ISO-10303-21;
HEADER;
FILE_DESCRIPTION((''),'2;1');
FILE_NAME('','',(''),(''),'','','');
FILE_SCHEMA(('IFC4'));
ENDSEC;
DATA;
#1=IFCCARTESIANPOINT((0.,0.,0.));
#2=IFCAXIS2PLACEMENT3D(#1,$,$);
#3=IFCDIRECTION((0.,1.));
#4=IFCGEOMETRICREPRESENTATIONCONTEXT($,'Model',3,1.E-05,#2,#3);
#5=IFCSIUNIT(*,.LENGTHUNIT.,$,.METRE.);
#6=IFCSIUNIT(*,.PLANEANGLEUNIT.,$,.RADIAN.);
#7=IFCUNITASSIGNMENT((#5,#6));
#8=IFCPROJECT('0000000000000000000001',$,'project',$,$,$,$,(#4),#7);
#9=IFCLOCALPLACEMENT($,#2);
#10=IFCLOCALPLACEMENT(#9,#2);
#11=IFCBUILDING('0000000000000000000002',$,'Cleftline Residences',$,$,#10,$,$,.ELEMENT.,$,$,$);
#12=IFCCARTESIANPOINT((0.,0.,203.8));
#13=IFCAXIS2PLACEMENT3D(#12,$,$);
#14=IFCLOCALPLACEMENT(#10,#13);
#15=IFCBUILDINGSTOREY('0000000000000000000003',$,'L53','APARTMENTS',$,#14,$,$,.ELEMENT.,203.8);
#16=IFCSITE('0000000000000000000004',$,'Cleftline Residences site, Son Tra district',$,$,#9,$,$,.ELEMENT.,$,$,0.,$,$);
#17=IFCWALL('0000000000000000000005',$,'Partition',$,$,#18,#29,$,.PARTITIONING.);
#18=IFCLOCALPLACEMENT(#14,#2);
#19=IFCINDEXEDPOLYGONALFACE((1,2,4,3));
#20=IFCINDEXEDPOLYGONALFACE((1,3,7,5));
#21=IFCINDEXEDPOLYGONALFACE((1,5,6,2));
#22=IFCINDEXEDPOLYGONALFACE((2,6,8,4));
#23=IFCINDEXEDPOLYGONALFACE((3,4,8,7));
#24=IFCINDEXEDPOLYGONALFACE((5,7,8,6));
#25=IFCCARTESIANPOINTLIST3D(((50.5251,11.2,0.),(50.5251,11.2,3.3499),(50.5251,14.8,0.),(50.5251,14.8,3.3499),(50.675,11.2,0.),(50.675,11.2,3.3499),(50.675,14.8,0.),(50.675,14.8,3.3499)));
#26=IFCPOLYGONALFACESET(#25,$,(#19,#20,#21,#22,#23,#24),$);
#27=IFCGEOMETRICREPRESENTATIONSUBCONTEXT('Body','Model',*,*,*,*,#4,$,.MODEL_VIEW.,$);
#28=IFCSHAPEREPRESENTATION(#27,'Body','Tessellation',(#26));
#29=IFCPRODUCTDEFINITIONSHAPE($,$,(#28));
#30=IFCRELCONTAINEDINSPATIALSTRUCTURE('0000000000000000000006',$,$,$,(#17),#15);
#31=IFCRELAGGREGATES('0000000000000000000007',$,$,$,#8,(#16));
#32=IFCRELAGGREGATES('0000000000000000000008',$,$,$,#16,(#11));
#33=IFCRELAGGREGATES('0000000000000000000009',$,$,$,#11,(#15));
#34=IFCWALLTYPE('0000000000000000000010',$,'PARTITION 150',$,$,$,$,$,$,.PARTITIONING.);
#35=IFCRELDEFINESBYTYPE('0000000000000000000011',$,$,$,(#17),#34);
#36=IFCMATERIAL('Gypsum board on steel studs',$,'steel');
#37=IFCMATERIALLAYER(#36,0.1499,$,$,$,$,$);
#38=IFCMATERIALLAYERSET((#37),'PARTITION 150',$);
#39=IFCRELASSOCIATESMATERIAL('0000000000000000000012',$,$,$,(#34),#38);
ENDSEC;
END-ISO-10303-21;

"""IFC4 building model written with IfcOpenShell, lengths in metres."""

from ifc_helpers import new_model, si_unit, direction, frame, frame_2d, origin, place, context, subcontext, project, spatial, rectangle, extrude, material, layer, layer_set, type_object, element, save


model = new_model("IFC4")

# Units and contexts
model_context = context("Model", 3, precision=1e-05, world=origin(), true_north=direction((0.0, 1.0)))
body_context = subcontext(model_context, "Body", "Model", "MODEL_VIEW")
ifc_project = project(units=[si_unit("LENGTHUNIT", "METRE"), si_unit("PLANEANGLEUNIT", "RADIAN")], contexts=[model_context])

# Site, building, storey
site_placement = place(None, origin())
site = spatial("IfcSite", under=ifc_project, at=site_placement, Name="Cleftline Residences site, Son Tra district", CompositionType="ELEMENT", RefElevation=0.0)
building_placement = place(site_placement, origin())
building = spatial("IfcBuilding", under=site, at=building_placement, Name="Cleftline Residences", CompositionType="ELEMENT")
storey_placement = place(building_placement, frame((0.0, 0.0, 203.8)))
storey = spatial("IfcBuildingStorey", under=building, at=storey_placement, Name="L53", Description="APARTMENTS", CompositionType="ELEMENT", Elevation=203.8)

# Shared definitions
ifc_material_1 = material(Name="Gypsum board on steel studs", Category="steel")
ifc_layer_1 = layer(ifc_material_1, 0.1499)
ifc_layer_set_1 = layer_set([ifc_layer_1], Name="PARTITION 150")
wall_type = type_object("IfcWallType", Name="PARTITION 150", PredefinedType="PARTITIONING", material=ifc_layer_set_1)

# Wall
wall_1_placement = place(storey_placement, frame((50.6001, 11.2, 0.0), z_axis=(0.0, 0.0, 1.0), x_axis=(0.0, 1.0, 0.0)))
element("IfcWall", 1, at=wall_1_placement, inside=storey, type_object=wall_type, Name="Partition", PredefinedType="PARTITIONING", context=body_context, shape_type="SweptSolid", body=[
    extrude(rectangle(XDim=3.6001, YDim=0.1499, at=frame_2d((1.8, 0.0))), origin(), (0.0, 0.0, 1.0), 3.3499),
])

save(model, "model.ifc")
